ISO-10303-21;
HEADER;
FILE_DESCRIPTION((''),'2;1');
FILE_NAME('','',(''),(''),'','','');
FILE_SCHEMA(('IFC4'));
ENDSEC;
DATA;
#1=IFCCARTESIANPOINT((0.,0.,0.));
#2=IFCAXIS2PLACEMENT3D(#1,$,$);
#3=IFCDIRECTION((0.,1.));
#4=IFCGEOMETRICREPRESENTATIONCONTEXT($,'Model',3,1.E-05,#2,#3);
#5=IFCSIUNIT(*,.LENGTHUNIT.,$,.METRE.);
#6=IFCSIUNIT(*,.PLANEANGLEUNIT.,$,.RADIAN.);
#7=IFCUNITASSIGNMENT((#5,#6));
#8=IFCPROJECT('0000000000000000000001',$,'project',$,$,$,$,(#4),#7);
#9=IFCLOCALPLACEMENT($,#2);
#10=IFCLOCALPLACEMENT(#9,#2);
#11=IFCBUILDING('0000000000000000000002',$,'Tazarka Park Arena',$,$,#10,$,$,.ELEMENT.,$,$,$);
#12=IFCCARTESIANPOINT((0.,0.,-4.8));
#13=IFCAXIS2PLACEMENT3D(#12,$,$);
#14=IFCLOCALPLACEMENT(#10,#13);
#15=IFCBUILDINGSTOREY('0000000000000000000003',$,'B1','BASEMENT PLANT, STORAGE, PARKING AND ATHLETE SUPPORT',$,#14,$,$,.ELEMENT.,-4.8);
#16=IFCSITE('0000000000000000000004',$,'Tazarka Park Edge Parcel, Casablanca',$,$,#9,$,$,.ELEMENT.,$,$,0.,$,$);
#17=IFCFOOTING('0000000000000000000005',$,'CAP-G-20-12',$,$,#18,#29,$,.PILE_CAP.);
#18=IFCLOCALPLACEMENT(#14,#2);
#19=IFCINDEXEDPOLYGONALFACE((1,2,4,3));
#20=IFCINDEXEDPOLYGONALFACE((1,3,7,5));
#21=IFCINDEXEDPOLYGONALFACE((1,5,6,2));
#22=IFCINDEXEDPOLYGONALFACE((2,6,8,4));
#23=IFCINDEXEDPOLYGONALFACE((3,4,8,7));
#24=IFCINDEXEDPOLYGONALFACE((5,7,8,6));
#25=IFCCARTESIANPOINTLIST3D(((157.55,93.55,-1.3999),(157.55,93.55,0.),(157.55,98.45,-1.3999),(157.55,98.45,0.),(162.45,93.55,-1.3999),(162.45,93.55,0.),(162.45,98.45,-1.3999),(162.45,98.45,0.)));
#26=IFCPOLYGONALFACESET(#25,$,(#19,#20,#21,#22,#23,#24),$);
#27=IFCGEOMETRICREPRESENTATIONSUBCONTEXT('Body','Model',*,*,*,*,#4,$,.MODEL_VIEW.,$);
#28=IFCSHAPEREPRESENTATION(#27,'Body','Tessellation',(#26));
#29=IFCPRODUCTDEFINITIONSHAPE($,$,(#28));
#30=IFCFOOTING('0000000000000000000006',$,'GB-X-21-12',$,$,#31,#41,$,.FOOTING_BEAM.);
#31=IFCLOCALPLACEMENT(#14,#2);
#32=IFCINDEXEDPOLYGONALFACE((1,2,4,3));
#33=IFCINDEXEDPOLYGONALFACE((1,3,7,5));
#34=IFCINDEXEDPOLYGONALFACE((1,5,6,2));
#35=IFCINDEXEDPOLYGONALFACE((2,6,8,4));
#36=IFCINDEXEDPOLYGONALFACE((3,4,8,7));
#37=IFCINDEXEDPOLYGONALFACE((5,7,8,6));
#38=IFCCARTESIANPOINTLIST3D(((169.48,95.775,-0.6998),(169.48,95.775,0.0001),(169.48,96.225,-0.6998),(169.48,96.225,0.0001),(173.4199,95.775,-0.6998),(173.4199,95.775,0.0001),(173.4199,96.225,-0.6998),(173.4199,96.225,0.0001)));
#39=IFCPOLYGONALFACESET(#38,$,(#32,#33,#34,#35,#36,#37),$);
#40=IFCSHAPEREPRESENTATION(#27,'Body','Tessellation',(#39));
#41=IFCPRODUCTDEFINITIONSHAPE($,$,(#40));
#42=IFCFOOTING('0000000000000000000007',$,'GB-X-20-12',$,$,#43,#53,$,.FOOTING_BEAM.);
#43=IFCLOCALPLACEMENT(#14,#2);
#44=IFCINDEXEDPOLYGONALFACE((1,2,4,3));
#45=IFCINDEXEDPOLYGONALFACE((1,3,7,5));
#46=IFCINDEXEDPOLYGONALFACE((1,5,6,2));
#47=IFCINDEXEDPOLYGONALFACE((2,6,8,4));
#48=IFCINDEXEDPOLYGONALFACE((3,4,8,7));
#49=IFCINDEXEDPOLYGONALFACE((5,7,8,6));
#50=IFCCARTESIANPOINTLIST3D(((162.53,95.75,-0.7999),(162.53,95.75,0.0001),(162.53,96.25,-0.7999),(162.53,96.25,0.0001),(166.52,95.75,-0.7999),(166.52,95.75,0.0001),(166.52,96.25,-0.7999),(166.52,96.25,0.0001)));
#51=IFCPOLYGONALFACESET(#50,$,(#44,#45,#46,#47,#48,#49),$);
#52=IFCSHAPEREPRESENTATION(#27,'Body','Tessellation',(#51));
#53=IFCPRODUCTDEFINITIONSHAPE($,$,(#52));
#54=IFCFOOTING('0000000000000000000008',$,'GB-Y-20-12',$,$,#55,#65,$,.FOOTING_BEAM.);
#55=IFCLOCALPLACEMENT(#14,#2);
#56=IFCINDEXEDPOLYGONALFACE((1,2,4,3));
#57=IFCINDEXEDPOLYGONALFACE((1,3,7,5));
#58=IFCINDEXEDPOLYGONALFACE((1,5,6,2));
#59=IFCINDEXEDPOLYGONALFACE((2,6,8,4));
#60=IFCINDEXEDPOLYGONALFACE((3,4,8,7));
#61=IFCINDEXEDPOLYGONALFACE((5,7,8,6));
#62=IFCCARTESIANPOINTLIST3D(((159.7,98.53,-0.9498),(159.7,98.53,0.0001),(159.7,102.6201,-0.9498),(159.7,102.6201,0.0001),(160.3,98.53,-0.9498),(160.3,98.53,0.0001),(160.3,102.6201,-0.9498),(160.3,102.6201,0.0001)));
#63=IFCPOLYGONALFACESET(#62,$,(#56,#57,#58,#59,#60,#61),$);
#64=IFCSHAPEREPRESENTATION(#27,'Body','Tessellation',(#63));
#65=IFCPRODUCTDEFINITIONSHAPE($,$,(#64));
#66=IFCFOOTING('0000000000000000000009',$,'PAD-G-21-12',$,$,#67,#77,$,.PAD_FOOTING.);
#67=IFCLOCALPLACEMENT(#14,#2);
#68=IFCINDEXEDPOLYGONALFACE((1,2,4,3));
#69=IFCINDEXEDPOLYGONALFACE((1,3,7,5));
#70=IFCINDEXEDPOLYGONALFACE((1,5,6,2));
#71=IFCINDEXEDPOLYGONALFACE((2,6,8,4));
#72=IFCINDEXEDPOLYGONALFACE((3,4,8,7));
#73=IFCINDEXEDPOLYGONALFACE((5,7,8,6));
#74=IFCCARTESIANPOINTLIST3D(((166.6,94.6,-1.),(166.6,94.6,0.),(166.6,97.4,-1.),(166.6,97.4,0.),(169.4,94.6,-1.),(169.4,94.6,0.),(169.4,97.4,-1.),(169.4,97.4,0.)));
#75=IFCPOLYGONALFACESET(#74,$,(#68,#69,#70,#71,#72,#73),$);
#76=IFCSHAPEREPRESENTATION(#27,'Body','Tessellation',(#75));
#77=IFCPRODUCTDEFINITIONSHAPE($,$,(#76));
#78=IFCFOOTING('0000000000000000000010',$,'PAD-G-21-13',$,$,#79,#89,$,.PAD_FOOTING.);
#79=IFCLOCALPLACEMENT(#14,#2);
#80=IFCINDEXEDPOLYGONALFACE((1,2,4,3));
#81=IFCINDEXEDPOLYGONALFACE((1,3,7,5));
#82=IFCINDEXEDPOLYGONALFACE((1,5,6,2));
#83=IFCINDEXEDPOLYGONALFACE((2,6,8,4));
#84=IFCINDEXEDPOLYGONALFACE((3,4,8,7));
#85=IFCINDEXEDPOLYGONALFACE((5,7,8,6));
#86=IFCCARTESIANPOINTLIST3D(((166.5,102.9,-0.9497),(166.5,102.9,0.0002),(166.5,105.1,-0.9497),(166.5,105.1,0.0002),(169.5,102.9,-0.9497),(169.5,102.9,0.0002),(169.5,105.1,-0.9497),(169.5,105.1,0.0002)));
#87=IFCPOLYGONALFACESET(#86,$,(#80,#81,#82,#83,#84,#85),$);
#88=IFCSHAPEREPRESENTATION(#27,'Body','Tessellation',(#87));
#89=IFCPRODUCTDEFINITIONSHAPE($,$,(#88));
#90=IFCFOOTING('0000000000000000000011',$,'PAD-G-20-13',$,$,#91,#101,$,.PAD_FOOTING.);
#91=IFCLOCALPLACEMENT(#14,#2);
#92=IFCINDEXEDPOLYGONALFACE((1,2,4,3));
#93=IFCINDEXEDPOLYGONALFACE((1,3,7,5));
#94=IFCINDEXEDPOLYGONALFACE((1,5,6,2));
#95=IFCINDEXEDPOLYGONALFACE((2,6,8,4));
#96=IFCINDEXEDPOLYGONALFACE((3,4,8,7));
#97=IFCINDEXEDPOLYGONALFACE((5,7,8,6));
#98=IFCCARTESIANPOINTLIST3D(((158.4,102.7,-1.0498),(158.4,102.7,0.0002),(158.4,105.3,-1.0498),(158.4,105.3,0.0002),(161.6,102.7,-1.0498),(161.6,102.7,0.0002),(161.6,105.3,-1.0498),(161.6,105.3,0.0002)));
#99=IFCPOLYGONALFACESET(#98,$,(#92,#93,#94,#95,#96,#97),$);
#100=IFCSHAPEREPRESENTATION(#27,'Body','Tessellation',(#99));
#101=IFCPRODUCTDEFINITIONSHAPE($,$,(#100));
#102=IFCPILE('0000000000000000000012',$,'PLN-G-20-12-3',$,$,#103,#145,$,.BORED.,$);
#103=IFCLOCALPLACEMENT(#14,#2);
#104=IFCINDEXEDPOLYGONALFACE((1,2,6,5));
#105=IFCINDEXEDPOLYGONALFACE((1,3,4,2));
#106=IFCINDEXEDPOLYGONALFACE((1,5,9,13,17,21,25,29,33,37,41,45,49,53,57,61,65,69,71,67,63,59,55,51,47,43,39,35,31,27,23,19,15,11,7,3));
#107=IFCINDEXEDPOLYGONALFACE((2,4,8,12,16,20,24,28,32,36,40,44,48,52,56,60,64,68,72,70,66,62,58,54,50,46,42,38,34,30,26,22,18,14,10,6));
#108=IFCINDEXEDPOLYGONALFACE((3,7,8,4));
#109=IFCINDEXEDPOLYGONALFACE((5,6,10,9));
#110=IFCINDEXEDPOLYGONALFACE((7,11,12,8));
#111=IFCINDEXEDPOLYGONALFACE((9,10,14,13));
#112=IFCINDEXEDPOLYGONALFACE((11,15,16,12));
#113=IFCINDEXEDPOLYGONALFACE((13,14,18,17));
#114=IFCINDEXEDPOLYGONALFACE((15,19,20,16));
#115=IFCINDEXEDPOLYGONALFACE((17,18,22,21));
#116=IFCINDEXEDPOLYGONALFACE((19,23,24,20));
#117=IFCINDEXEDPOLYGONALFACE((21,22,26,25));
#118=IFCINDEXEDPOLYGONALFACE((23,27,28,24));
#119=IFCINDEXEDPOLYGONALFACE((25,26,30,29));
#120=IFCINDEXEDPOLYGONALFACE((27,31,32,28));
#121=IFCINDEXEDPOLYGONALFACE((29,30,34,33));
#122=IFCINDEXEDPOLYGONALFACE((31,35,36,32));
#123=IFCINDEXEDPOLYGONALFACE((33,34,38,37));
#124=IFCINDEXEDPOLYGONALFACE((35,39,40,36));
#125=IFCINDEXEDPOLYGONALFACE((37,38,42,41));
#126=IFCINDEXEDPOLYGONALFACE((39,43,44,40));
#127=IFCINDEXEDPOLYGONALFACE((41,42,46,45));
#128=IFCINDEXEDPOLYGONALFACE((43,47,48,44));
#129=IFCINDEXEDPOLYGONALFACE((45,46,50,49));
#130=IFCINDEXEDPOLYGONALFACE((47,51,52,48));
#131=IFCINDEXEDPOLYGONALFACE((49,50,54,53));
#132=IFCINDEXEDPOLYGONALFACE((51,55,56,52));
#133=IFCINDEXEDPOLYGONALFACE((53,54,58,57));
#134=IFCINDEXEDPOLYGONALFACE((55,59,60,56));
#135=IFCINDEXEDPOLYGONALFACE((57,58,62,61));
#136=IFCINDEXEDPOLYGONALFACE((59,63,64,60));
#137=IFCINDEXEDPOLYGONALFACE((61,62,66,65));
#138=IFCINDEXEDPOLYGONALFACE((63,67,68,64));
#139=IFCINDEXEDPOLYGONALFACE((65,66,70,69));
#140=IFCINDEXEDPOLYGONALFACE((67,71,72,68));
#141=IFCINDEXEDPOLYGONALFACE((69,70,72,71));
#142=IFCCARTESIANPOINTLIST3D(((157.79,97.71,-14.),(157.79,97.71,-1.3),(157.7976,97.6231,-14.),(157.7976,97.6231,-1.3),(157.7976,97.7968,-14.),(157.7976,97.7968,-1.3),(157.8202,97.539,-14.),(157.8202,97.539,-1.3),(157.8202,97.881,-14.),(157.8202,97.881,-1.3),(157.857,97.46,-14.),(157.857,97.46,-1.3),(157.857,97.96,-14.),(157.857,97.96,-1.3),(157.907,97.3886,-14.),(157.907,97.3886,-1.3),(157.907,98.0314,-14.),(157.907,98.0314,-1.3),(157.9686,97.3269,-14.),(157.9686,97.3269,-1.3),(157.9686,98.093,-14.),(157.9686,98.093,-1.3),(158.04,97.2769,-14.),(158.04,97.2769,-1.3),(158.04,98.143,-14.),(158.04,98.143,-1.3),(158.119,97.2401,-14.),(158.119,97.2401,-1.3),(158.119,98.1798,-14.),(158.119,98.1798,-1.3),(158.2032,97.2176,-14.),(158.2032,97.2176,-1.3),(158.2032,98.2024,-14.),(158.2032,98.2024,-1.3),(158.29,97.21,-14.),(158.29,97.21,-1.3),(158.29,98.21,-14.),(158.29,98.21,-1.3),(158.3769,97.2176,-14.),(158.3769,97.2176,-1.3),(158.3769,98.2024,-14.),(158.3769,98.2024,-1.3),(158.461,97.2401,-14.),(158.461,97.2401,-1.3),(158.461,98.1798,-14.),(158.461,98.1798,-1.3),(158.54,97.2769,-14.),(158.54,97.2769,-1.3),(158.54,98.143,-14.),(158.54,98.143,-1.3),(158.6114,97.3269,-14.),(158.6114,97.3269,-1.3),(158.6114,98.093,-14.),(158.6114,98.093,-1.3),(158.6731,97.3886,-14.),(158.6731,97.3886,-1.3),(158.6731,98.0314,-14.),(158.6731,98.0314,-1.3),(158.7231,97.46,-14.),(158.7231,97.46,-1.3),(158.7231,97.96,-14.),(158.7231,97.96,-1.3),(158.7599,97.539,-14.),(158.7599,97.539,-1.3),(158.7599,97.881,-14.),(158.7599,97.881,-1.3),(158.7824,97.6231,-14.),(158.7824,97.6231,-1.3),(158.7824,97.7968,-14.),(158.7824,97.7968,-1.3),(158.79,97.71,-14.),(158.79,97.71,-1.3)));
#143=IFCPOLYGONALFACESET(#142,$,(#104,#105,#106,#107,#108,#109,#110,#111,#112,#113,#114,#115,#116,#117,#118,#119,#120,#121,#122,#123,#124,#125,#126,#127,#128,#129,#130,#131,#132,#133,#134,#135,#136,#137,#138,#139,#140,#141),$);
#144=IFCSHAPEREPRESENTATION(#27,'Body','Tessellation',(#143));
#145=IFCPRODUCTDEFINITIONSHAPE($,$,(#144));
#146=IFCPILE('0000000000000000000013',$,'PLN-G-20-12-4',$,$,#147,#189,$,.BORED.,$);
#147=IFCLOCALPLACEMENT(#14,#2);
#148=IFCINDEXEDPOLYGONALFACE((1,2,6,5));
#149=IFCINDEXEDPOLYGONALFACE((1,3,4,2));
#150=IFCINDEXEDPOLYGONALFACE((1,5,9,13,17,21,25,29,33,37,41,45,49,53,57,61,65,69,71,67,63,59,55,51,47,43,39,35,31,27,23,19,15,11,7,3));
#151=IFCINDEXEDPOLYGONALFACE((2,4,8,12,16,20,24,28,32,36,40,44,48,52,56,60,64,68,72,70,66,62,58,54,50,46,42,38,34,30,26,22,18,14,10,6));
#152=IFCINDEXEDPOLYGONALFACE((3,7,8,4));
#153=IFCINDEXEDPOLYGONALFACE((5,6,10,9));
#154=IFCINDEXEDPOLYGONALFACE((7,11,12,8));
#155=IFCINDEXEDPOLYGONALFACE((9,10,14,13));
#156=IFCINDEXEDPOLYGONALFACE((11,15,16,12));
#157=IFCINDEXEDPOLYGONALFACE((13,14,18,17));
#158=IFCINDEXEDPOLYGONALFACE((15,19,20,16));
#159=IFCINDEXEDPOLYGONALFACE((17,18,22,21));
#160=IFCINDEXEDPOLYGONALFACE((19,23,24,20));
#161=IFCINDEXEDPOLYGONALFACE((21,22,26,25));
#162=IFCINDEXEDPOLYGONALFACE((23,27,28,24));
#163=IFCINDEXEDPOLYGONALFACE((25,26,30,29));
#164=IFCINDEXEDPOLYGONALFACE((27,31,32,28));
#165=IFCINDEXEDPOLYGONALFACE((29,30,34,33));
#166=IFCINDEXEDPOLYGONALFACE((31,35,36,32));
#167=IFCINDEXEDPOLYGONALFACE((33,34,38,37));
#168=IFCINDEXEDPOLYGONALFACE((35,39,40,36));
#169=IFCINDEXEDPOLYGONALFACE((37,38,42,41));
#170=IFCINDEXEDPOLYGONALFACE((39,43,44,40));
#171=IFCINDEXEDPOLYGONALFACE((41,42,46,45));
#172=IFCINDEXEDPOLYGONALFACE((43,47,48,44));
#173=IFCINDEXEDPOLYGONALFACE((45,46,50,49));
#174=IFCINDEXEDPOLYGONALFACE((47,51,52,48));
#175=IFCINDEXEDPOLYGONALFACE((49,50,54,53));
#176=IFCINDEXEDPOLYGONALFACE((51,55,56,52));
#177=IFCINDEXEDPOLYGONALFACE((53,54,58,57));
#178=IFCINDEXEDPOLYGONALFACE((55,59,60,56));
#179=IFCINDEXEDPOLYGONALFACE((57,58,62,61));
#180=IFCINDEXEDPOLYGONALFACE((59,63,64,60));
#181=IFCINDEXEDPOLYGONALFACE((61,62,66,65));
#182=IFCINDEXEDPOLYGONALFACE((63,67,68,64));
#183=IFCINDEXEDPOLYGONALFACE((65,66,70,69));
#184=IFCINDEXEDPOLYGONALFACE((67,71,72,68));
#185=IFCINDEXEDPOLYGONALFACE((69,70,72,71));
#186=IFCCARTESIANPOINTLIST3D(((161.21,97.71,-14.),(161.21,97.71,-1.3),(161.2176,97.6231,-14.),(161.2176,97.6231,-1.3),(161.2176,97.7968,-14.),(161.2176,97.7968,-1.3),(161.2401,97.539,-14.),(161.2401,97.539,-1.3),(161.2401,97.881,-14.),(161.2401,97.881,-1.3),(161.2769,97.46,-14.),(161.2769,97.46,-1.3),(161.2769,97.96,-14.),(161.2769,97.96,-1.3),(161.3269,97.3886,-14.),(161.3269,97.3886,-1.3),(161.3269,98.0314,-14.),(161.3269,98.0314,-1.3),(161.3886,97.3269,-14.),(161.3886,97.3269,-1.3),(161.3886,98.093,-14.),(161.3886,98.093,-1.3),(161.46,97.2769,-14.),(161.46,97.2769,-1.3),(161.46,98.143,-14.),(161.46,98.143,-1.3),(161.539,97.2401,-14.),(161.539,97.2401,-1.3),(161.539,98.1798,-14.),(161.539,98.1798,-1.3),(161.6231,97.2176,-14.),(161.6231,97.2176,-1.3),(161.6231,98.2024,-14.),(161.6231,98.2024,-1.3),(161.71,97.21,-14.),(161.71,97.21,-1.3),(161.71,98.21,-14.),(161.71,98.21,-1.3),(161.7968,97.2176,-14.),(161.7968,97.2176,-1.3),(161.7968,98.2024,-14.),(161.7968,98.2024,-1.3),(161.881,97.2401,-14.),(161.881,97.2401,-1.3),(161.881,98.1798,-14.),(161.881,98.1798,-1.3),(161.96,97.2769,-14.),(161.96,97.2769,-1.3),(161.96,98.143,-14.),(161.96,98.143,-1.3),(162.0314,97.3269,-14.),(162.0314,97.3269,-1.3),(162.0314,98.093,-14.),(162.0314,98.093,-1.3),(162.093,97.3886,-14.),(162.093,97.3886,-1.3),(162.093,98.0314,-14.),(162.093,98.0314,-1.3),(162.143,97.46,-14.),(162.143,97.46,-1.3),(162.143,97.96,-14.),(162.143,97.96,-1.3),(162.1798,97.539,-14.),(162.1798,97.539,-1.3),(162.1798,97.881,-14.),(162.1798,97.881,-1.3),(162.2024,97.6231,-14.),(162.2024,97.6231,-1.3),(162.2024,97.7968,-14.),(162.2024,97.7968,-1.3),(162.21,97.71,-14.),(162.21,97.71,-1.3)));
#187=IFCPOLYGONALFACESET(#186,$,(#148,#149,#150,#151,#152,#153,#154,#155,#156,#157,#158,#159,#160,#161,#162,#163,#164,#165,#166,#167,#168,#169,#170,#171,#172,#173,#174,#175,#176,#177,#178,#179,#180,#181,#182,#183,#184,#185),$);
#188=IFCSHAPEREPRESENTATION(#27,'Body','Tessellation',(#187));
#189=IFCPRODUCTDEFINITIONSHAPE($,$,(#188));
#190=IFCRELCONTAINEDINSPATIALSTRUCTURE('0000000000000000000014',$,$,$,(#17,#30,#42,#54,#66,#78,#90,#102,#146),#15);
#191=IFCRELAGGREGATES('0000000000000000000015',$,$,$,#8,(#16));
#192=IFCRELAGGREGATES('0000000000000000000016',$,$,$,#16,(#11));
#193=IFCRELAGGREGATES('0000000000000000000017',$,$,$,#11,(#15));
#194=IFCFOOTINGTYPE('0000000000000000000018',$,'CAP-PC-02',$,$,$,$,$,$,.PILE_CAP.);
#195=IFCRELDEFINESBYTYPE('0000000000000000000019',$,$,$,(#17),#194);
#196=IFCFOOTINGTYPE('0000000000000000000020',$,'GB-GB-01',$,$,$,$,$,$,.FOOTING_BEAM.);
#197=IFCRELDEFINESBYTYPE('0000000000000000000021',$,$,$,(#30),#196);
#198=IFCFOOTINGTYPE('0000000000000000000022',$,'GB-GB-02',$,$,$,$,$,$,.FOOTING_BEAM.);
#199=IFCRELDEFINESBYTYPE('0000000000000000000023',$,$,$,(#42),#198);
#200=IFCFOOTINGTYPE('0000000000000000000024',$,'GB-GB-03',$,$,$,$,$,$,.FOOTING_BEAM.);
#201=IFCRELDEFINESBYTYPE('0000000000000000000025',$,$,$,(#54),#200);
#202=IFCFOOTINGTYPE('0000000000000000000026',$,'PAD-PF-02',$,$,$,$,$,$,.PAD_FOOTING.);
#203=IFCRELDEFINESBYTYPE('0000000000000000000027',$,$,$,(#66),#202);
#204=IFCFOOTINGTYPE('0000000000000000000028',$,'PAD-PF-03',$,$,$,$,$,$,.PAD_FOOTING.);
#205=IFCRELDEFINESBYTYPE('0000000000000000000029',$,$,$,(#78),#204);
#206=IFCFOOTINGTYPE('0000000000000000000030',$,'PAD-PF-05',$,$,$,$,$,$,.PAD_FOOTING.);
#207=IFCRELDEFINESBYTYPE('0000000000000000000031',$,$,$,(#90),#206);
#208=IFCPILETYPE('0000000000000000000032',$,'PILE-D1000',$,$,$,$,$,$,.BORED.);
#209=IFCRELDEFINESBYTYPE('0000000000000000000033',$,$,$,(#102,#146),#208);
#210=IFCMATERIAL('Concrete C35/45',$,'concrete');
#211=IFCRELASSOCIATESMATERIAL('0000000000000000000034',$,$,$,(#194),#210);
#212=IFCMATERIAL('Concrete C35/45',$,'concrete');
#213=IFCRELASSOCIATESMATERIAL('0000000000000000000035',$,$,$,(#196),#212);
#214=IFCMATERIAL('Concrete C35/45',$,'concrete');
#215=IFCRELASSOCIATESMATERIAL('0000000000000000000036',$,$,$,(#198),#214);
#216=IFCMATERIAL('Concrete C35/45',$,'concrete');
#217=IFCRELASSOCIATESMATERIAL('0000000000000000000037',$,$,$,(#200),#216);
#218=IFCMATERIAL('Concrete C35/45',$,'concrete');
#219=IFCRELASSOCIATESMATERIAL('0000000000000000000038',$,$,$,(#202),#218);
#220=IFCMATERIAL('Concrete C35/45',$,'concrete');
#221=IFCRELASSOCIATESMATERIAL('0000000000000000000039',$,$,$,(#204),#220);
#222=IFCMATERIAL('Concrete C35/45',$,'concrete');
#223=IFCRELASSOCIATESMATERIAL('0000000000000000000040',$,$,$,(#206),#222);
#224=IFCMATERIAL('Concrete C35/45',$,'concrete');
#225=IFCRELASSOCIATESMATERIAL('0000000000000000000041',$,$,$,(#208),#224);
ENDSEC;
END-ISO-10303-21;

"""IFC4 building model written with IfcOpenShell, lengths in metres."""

from ifc_helpers import new_model, si_unit, direction, frame, origin, origin_2d, place, context, subcontext, project, spatial, rectangle, circle, extrude, material, material_profile, profile_set, type_object, element, save


model = new_model("IFC4")

# Units and contexts
model_context = context("Model", 3, precision=1e-05, world=origin(), true_north=direction((0.0, 1.0)))
body_context = subcontext(model_context, "Body", "Model", "MODEL_VIEW")
ifc_project = project(units=[si_unit("LENGTHUNIT", "METRE"), si_unit("PLANEANGLEUNIT", "RADIAN")], contexts=[model_context])

# Site, building, storey
site_placement = place(None, origin())
site = spatial("IfcSite", under=ifc_project, at=site_placement, Name="Tazarka Park Edge Parcel, Casablanca", CompositionType="ELEMENT", RefElevation=0.0)
building_placement = place(site_placement, origin())
building = spatial("IfcBuilding", under=site, at=building_placement, Name="Tazarka Park Arena", CompositionType="ELEMENT")
storey_placement = place(building_placement, frame((0.0, 0.0, -4.8)))
storey = spatial("IfcBuildingStorey", under=building, at=storey_placement, Name="B1", Description="BASEMENT PLANT, STORAGE, PARKING AND ATHLETE SUPPORT", CompositionType="ELEMENT", Elevation=-4.8)

# Footings
ifc_material_1 = material(Name="Concrete C35/45", Category="concrete")
footing_type_1 = type_object("IfcFootingType", Name="CAP-PC-02", PredefinedType="PILE_CAP", material=ifc_material_1)
footing_1_placement = place(storey_placement, frame((160.0, 96.0, -1.3999), z_axis=(0.0, 0.0, 1.0), x_axis=(1.0, 0.0, 0.0)))
element("IfcFooting", 1, at=footing_1_placement, inside=storey, type_object=footing_type_1, Name="CAP-G-20-12", PredefinedType="PILE_CAP", context=body_context, shape_type="SweptSolid", body=[
    extrude(rectangle(XDim=4.8999, YDim=4.8999, at=origin_2d()), origin(), (0.0, 0.0, 1.0), 1.3999),
])
ifc_material_2 = material(Name="Concrete C35/45", Category="concrete")
ifc_material_profile_1 = material_profile(ifc_material_2, rectangle(XDim=0.45, YDim=0.7, at=origin_2d()), Name="Concrete C35/45")
ifc_profile_set_1 = profile_set([ifc_material_profile_1], Name="Concrete C35/45")
footing_type_2 = type_object("IfcFootingType", Name="GB-GB-01", PredefinedType="FOOTING_BEAM", material=ifc_profile_set_1)
footing_2_placement = place(storey_placement, frame((169.48, 96.0, -0.3499), z_axis=(1.0, 0.0, 0.0), x_axis=(0.0, 1.0, 0.0)))
element("IfcFooting", 2, at=footing_2_placement, inside=storey, type_object=footing_type_2, Name="GB-X-21-12", PredefinedType="FOOTING_BEAM", context=body_context, shape_type="SweptSolid", body=[
    extrude(rectangle(XDim=0.45, YDim=0.7, at=origin_2d()), origin(), (0.0, 0.0, 1.0), 3.9399),
])
ifc_material_3 = material(Name="Concrete C35/45", Category="concrete")
ifc_material_profile_2 = material_profile(ifc_material_3, rectangle(XDim=0.5, YDim=0.8, at=origin_2d()), Name="Concrete C35/45")
ifc_profile_set_2 = profile_set([ifc_material_profile_2], Name="Concrete C35/45")
footing_type_3 = type_object("IfcFootingType", Name="GB-GB-02", PredefinedType="FOOTING_BEAM", material=ifc_profile_set_2)
footing_3_placement = place(storey_placement, frame((162.53, 96.0, -0.3999), z_axis=(1.0, 0.0, 0.0), x_axis=(0.0, 1.0, 0.0)))
element("IfcFooting", 3, at=footing_3_placement, inside=storey, type_object=footing_type_3, Name="GB-X-20-12", PredefinedType="FOOTING_BEAM", context=body_context, shape_type="SweptSolid", body=[
    extrude(rectangle(XDim=0.5, YDim=0.8, at=origin_2d()), origin(), (0.0, 0.0, 1.0), 3.99),
])
ifc_material_4 = material(Name="Concrete C35/45", Category="concrete")
ifc_material_profile_3 = material_profile(ifc_material_4, rectangle(XDim=0.6001, YDim=0.95, at=origin_2d()), Name="Concrete C35/45")
ifc_profile_set_3 = profile_set([ifc_material_profile_3], Name="Concrete C35/45")
footing_type_4 = type_object("IfcFootingType", Name="GB-GB-03", PredefinedType="FOOTING_BEAM", material=ifc_profile_set_3)
footing_4_placement = place(storey_placement, frame((160.0, 98.53, -0.4749), z_axis=(0.0, 1.0, 0.0), x_axis=(-1.0, 0.0, 0.0)))
element("IfcFooting", 4, at=footing_4_placement, inside=storey, type_object=footing_type_4, Name="GB-Y-20-12", PredefinedType="FOOTING_BEAM", context=body_context, shape_type="SweptSolid", body=[
    extrude(rectangle(XDim=0.6001, YDim=0.95, at=origin_2d()), origin(), (0.0, 0.0, 1.0), 4.0901),
])
ifc_material_5 = material(Name="Concrete C35/45", Category="concrete")
footing_type_5 = type_object("IfcFootingType", Name="PAD-PF-02", PredefinedType="PAD_FOOTING", material=ifc_material_5)
footing_5_placement = place(storey_placement, frame((168.0, 96.0, -1.0), z_axis=(0.0, 0.0, 1.0), x_axis=(1.0, 0.0, 0.0)))
element("IfcFooting", 5, at=footing_5_placement, inside=storey, type_object=footing_type_5, Name="PAD-G-21-12", PredefinedType="PAD_FOOTING", context=body_context, shape_type="SweptSolid", body=[
    extrude(rectangle(XDim=2.8, YDim=2.8, at=origin_2d()), origin(), (0.0, 0.0, 1.0), 1.0),
])
ifc_material_6 = material(Name="Concrete C35/45", Category="concrete")
footing_type_6 = type_object("IfcFootingType", Name="PAD-PF-03", PredefinedType="PAD_FOOTING", material=ifc_material_6)
footing_6_placement = place(storey_placement, frame((168.0, 104.0, -0.9497), z_axis=(0.0, 0.0, 1.0), x_axis=(1.0, 0.0, 0.0)))
element("IfcFooting", 6, at=footing_6_placement, inside=storey, type_object=footing_type_6, Name="PAD-G-21-13", PredefinedType="PAD_FOOTING", context=body_context, shape_type="SweptSolid", body=[
    extrude(rectangle(XDim=3.0, YDim=2.2, at=origin_2d()), origin(), (0.0, 0.0, 1.0), 0.95),
])
ifc_material_7 = material(Name="Concrete C35/45", Category="concrete")
footing_type_7 = type_object("IfcFootingType", Name="PAD-PF-05", PredefinedType="PAD_FOOTING", material=ifc_material_7)
footing_7_placement = place(storey_placement, frame((160.0, 104.0, -1.0498), z_axis=(0.0, 0.0, 1.0), x_axis=(1.0, 0.0, 0.0)))
element("IfcFooting", 7, at=footing_7_placement, inside=storey, type_object=footing_type_7, Name="PAD-G-20-13", PredefinedType="PAD_FOOTING", context=body_context, shape_type="SweptSolid", body=[
    extrude(rectangle(XDim=3.2, YDim=2.6001, at=origin_2d()), origin(), (0.0, 0.0, 1.0), 1.05),
])

# Piles
ifc_material_8 = material(Name="Concrete C35/45", Category="concrete")
ifc_material_profile_4 = material_profile(ifc_material_8, circle(Radius=0.5, at=origin_2d()), Name="Concrete C35/45")
ifc_profile_set_4 = profile_set([ifc_material_profile_4], Name="Concrete C35/45")
pile_type_1 = type_object("IfcPileType", Name="PILE-D1000", PredefinedType="BORED", material=ifc_profile_set_4)
for number, where, z_axis, x_axis, name in (
    (8, (158.29, 97.71, -1.3), (0.0, 0.0, -1.0), (1.0, 0.0, 0.0), "PLN-G-20-12-3"),
    (9, (161.71, 97.71, -1.3), (0.0, 0.0, -1.0), (1.0, 0.0, 0.0), "PLN-G-20-12-4"),
):
    element("IfcPile", number, at=place(storey_placement, frame(where, z_axis=z_axis, x_axis=x_axis)), inside=storey, type_object=pile_type_1, Name=name, PredefinedType="BORED", context=body_context, shape_type="SweptSolid", body=[
        extrude(circle(Radius=0.5, at=origin_2d()), origin(), (0.0, 0.0, 1.0), 12.7),
    ])

save(model, "model.ifc")
